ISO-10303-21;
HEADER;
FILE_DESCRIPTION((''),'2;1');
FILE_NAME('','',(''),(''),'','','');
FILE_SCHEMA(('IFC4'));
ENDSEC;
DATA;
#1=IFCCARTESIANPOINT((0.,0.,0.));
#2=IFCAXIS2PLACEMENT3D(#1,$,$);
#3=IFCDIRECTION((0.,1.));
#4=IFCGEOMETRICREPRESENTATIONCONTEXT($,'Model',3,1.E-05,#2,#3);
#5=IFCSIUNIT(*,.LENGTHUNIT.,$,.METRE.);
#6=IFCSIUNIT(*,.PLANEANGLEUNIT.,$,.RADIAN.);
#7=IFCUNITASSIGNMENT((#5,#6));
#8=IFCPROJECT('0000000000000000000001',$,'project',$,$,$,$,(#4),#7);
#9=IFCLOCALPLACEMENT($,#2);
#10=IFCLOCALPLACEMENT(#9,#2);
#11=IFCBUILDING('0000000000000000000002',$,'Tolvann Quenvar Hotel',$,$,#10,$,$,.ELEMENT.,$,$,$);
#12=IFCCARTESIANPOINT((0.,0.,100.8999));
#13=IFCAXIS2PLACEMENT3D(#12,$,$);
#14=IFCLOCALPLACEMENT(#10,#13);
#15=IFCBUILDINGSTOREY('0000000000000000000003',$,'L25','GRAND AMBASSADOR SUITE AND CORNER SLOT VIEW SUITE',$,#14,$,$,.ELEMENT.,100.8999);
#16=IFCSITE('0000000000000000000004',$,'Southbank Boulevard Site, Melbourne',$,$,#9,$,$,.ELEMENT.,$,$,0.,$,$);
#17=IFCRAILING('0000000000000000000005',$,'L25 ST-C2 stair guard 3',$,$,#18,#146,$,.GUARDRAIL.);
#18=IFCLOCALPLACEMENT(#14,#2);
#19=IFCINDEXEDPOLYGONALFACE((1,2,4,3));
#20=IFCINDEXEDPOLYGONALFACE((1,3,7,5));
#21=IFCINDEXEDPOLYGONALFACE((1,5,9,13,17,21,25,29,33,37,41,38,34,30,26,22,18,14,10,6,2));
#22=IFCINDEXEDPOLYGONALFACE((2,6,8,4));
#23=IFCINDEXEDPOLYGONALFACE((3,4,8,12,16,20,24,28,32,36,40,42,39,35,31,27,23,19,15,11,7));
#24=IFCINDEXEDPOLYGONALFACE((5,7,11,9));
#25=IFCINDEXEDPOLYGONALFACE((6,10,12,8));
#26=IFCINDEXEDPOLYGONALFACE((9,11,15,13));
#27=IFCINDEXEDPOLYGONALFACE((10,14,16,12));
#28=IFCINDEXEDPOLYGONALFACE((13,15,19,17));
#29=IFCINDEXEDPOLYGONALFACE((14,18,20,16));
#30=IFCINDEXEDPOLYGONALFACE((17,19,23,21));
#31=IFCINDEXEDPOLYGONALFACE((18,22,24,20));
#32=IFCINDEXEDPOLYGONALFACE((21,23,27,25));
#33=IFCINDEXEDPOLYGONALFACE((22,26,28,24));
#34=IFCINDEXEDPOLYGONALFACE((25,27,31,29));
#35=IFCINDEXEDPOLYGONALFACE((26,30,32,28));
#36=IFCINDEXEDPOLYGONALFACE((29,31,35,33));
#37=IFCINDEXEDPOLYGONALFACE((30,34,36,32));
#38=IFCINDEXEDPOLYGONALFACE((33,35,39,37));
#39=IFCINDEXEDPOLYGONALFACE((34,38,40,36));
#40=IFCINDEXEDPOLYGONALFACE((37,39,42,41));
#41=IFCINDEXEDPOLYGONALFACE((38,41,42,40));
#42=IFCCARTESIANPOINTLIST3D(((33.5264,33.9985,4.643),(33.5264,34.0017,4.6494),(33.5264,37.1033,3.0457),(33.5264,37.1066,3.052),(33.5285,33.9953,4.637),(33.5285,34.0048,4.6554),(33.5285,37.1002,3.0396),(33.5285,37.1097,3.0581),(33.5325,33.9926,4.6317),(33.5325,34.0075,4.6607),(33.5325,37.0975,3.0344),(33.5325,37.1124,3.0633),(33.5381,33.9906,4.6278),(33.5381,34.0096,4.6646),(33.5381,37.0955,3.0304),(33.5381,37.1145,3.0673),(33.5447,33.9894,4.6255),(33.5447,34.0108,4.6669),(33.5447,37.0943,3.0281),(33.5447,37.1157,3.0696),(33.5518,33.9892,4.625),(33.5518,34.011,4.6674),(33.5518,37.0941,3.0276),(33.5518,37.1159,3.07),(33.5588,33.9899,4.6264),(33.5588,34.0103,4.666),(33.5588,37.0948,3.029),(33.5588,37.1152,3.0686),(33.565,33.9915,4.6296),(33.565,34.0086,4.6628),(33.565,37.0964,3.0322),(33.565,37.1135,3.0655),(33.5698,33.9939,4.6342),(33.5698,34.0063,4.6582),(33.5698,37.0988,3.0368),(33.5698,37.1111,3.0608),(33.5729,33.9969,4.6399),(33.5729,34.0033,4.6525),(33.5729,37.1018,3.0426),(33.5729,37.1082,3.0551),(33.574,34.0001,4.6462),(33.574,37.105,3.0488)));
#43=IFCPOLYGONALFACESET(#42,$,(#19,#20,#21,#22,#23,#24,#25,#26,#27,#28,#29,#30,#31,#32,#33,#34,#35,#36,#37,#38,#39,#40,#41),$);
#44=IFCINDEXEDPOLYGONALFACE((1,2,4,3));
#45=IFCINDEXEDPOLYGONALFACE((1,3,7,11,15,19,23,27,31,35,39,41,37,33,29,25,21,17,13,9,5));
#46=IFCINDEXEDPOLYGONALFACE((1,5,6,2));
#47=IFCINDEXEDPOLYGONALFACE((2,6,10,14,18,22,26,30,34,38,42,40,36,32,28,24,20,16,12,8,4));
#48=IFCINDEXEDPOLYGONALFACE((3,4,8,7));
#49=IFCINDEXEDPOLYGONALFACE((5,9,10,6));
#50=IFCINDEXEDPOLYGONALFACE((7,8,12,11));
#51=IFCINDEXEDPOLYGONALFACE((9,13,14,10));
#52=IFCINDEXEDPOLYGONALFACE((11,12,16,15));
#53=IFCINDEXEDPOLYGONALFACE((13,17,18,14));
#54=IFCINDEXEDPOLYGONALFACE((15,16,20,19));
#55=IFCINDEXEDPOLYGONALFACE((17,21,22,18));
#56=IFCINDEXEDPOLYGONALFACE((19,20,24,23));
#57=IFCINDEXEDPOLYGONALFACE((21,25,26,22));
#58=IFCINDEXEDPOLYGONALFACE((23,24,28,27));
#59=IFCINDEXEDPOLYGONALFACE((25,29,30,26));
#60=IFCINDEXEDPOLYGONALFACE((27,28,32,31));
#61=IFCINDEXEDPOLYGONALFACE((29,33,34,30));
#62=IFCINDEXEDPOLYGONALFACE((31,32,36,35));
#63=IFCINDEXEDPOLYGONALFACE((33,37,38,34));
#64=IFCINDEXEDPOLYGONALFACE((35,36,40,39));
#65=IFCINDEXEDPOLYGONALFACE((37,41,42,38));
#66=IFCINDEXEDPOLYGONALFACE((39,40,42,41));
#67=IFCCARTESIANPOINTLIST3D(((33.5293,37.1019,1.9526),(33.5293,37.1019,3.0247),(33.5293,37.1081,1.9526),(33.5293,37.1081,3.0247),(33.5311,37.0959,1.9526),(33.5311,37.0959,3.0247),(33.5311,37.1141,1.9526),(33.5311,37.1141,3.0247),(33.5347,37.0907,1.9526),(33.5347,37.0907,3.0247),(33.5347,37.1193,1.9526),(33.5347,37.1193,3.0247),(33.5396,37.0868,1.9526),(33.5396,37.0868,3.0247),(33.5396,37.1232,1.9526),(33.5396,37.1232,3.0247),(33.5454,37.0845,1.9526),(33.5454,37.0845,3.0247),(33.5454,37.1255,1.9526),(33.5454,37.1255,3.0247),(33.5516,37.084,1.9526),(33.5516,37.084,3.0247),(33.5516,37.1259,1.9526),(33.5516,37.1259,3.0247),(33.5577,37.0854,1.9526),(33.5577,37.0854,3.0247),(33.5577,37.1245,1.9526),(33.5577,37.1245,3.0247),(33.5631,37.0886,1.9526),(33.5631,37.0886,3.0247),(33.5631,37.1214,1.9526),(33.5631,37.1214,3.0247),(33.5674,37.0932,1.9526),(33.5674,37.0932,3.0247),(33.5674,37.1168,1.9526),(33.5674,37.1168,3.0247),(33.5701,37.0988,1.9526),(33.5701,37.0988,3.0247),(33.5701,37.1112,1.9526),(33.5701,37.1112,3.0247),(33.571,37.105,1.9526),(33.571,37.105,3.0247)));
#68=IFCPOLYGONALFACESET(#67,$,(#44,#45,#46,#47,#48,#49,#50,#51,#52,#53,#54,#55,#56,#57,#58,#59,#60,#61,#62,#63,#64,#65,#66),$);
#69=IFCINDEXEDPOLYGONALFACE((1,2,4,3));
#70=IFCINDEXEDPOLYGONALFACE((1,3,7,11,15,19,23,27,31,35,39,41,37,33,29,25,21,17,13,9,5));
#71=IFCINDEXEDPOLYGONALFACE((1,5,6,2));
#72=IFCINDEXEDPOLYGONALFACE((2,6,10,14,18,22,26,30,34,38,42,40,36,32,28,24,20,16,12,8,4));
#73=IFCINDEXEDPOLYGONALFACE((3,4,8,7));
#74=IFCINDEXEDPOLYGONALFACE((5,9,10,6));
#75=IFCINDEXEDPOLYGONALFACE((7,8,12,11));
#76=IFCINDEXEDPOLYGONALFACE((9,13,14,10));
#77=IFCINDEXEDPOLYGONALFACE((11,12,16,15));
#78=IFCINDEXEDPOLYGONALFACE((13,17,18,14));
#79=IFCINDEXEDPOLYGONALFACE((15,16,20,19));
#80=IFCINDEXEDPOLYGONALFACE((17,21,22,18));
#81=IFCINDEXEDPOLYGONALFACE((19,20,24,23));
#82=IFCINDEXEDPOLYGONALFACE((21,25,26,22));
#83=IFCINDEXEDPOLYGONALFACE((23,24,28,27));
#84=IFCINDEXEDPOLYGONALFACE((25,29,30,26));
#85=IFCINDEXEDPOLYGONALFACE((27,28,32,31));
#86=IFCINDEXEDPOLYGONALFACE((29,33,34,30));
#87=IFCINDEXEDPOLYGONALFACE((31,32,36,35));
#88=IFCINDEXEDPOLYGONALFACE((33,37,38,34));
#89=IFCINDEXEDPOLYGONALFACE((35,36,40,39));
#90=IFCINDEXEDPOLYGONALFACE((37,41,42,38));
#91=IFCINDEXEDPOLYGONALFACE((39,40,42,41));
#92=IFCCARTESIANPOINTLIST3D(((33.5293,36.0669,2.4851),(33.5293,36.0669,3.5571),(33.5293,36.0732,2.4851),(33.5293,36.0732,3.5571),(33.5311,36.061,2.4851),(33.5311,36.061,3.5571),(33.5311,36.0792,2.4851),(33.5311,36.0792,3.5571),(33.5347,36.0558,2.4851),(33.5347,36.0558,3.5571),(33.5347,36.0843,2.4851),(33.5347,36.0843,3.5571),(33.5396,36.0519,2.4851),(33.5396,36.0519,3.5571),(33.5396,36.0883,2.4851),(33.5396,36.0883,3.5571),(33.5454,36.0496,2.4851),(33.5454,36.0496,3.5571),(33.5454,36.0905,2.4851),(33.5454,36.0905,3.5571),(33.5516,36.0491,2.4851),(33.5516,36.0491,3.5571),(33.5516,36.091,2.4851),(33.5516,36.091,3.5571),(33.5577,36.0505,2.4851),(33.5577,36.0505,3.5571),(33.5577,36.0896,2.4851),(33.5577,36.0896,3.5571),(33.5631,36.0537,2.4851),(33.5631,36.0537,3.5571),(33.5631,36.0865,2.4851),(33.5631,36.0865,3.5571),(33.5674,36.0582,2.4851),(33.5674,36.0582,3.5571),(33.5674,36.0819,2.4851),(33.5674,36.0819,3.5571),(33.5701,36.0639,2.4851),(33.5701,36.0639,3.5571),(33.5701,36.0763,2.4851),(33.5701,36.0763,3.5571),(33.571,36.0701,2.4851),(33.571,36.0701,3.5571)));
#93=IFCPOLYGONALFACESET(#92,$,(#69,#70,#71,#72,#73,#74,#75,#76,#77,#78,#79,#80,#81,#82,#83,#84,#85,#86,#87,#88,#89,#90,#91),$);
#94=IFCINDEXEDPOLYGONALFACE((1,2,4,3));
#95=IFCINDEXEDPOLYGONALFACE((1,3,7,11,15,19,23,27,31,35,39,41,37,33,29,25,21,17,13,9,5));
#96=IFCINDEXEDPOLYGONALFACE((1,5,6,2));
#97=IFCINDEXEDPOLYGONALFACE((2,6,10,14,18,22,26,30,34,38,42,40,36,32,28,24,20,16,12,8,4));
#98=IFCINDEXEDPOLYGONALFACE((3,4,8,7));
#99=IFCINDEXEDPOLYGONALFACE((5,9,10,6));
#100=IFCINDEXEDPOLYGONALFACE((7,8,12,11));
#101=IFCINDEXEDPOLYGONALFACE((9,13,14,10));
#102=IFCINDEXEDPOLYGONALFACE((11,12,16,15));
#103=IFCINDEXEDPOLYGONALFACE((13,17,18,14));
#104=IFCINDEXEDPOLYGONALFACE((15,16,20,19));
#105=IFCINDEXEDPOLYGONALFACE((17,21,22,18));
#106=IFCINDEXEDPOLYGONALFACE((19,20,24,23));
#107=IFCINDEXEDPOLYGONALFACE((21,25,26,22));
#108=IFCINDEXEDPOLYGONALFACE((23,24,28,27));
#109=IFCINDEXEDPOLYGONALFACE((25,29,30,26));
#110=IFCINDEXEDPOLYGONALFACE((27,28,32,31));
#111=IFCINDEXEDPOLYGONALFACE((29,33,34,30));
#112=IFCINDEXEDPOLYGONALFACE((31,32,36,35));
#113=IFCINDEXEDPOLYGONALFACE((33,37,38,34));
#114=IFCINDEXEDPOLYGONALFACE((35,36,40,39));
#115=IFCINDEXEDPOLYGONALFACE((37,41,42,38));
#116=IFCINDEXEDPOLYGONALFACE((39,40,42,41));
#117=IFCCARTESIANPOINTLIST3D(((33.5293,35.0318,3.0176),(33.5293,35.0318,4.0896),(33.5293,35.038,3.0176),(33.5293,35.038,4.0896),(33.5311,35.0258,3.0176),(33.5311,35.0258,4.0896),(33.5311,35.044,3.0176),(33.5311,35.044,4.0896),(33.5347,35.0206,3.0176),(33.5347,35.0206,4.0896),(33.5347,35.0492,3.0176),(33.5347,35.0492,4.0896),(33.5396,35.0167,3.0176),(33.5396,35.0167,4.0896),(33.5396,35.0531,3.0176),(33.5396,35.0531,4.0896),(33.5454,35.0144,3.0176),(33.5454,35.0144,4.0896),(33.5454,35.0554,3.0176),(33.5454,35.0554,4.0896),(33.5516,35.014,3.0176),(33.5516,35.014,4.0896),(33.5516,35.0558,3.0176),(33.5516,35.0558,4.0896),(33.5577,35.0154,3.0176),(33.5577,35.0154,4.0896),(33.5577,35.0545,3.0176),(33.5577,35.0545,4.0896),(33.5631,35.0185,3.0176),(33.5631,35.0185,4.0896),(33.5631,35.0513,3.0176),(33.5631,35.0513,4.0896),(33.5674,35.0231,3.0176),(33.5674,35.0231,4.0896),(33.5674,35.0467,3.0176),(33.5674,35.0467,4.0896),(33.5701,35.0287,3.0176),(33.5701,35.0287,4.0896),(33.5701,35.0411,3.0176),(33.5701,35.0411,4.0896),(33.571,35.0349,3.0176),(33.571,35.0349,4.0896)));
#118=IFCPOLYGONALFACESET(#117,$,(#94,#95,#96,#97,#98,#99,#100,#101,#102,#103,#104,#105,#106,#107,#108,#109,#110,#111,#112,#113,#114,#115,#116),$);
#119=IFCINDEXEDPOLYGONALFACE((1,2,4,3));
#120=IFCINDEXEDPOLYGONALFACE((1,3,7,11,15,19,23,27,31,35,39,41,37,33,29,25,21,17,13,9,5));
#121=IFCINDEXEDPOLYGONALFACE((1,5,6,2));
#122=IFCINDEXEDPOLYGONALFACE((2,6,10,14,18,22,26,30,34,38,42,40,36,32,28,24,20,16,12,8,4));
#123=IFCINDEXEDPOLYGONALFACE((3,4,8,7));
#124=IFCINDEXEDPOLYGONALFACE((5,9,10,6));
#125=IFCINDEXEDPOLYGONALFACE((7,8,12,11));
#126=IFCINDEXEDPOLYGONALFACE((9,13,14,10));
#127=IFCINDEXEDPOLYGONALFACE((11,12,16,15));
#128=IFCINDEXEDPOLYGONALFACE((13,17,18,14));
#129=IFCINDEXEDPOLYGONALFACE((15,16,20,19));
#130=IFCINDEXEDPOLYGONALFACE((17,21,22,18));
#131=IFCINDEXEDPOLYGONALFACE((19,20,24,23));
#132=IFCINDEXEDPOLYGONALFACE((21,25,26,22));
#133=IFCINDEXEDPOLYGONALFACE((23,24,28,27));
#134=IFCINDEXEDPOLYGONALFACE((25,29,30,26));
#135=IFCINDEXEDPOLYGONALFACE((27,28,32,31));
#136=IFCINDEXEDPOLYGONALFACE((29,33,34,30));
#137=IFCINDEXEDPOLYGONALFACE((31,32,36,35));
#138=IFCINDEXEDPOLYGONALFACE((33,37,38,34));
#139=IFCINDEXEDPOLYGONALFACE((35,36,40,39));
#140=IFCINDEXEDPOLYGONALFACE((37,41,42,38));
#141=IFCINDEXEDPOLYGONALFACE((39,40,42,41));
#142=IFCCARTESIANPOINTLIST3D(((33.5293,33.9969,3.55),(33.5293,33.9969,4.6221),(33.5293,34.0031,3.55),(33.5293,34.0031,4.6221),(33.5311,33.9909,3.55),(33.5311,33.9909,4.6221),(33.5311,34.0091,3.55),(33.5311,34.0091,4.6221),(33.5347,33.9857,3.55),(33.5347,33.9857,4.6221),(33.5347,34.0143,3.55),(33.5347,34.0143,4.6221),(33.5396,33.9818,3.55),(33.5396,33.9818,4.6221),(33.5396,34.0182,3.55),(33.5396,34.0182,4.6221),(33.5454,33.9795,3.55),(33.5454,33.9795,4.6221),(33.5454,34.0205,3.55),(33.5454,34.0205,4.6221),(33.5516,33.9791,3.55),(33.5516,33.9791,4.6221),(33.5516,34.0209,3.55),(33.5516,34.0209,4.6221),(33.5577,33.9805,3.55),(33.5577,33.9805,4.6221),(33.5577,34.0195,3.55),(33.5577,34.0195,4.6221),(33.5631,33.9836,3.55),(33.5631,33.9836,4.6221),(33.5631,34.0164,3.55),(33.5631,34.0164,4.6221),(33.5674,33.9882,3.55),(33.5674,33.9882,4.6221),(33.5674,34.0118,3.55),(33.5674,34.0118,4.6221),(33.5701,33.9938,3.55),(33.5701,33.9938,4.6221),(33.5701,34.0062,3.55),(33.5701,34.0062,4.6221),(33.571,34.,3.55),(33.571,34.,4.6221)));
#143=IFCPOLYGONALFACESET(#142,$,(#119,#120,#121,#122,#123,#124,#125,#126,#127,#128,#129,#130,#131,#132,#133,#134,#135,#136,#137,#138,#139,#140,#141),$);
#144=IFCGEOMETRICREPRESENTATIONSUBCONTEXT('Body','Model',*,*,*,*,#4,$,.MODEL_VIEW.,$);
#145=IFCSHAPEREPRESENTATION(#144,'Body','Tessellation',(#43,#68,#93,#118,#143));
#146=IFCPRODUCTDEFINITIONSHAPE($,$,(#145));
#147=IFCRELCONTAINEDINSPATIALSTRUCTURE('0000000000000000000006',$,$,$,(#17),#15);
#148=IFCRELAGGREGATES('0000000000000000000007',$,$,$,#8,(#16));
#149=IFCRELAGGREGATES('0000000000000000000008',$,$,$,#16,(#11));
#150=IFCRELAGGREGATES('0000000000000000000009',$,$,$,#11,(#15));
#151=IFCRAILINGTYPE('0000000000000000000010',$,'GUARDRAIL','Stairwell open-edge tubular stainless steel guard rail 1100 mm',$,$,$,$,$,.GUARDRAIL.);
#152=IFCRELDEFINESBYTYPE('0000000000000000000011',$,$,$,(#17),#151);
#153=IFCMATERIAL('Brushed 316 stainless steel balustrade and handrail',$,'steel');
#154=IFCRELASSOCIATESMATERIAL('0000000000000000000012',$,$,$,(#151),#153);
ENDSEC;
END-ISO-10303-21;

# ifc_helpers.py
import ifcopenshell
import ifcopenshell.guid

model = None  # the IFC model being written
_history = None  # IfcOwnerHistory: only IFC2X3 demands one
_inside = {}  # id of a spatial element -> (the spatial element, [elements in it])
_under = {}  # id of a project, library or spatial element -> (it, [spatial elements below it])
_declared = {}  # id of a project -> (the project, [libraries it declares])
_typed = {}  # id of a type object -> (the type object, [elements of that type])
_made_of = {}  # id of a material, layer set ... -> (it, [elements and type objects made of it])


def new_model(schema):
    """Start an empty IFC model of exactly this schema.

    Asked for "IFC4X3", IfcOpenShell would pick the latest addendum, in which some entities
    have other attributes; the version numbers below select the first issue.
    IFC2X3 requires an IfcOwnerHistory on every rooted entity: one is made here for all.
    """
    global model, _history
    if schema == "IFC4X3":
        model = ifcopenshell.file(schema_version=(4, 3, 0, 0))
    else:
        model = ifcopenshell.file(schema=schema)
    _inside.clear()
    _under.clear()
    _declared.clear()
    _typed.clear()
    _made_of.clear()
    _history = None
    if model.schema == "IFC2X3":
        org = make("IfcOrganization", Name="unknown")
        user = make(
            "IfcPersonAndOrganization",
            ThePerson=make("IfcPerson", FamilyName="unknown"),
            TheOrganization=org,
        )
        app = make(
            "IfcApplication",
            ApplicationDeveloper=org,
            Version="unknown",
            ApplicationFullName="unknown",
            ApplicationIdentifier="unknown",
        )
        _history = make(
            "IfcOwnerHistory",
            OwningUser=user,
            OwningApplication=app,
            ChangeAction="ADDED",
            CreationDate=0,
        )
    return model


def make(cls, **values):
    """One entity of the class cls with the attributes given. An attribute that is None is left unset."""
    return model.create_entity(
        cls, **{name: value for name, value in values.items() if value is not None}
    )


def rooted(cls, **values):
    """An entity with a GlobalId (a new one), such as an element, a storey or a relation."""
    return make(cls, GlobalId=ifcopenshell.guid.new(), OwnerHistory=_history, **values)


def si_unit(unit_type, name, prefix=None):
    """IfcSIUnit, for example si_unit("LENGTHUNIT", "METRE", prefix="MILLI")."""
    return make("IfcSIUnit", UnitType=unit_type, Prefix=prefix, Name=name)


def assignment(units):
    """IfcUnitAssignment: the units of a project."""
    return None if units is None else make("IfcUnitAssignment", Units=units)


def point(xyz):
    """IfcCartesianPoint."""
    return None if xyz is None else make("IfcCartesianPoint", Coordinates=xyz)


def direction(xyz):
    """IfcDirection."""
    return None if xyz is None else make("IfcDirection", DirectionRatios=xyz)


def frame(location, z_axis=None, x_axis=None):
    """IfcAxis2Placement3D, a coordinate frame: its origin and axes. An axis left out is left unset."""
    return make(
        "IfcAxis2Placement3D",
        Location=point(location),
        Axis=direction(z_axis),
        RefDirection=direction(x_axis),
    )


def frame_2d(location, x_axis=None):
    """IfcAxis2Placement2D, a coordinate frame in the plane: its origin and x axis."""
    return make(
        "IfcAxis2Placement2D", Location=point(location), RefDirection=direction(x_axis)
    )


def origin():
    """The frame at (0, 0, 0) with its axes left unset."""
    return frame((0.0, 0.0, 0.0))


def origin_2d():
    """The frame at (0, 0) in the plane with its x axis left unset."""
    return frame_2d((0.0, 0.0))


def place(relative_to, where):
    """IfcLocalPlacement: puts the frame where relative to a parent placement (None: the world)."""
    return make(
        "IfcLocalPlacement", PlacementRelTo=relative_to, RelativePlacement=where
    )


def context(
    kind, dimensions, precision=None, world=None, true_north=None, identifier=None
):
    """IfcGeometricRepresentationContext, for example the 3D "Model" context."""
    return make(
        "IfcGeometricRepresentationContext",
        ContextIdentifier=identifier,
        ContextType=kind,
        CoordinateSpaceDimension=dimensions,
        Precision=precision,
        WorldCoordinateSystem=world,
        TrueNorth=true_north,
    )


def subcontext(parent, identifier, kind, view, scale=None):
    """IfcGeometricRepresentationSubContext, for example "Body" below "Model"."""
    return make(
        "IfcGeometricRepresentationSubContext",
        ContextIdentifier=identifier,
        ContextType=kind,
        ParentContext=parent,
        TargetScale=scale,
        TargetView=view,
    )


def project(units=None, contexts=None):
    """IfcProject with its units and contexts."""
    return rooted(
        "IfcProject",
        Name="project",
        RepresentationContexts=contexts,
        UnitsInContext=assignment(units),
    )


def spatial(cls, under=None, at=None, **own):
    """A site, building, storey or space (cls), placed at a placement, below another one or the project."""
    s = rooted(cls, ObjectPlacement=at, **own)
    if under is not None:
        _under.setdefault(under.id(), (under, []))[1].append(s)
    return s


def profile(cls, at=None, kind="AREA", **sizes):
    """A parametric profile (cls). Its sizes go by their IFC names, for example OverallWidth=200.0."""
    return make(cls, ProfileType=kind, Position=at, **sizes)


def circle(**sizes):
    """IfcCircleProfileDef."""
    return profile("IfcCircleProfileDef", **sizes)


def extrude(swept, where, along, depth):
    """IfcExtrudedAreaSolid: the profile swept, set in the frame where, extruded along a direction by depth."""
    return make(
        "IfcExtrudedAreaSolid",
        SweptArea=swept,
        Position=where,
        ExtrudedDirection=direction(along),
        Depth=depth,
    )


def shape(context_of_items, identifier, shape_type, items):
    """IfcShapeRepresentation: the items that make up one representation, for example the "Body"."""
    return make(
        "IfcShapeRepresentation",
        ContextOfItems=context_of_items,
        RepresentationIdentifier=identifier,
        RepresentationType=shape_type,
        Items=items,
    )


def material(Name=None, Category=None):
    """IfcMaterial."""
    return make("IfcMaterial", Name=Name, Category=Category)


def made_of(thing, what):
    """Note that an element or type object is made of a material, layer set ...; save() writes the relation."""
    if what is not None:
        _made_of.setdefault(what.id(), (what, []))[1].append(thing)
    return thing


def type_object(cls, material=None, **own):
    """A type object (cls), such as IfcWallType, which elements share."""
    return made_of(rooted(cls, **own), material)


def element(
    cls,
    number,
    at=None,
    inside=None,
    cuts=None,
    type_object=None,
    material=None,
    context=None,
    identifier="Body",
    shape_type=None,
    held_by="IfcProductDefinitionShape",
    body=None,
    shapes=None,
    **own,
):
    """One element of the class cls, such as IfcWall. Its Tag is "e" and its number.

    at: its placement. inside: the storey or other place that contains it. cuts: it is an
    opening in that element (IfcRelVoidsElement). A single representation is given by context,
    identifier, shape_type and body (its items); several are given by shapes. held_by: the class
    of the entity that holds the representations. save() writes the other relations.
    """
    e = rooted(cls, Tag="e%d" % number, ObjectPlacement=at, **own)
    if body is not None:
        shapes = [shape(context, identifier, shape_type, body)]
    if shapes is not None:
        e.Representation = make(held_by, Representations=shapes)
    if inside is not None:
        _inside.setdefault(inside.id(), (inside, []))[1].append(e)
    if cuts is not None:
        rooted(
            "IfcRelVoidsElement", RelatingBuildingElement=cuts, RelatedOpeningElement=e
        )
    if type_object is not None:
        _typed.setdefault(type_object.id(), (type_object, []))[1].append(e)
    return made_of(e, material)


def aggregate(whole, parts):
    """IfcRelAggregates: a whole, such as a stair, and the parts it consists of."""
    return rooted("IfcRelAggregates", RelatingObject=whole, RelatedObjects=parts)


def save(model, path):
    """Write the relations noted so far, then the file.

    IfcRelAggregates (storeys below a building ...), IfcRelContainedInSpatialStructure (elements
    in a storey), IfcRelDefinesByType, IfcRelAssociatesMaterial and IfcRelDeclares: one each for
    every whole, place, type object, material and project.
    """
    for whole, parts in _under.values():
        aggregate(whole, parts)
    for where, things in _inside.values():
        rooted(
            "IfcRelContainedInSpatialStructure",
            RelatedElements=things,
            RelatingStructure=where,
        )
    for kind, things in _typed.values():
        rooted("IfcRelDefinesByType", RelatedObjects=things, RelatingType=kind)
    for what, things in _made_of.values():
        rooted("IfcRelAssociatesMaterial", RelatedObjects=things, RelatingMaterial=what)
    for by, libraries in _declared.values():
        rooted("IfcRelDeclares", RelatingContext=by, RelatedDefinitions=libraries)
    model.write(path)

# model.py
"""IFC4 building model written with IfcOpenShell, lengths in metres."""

from ifc_helpers import new_model, si_unit, direction, frame, origin, origin_2d, place, context, subcontext, project, spatial, circle, extrude, material, type_object, element, save


model = new_model("IFC4")

# Units and contexts
model_context = context("Model", 3, precision=1e-05, world=origin(), true_north=direction((0.0, 1.0)))
body_context = subcontext(model_context, "Body", "Model", "MODEL_VIEW")
ifc_project = project(units=[si_unit("LENGTHUNIT", "METRE"), si_unit("PLANEANGLEUNIT", "RADIAN")], contexts=[model_context])

# Site, building, storey
site_placement = place(None, origin())
site = spatial("IfcSite", under=ifc_project, at=site_placement, Name="Southbank Boulevard Site, Melbourne", CompositionType="ELEMENT", RefElevation=0.0)
building_placement = place(site_placement, origin())
building = spatial("IfcBuilding", under=site, at=building_placement, Name="Tolvann Quenvar Hotel", CompositionType="ELEMENT")
storey_placement = place(building_placement, frame((0.0, 0.0, 100.8999)))
storey = spatial("IfcBuildingStorey", under=building, at=storey_placement, Name="L25", Description="GRAND AMBASSADOR SUITE AND CORNER SLOT VIEW SUITE", CompositionType="ELEMENT", Elevation=100.8999)

# Railing
ifc_material_1 = material(Name="Brushed 316 stainless steel balustrade and handrail", Category="steel")
railing_type_1 = type_object("IfcRailingType", Name="GUARDRAIL", Description="Stairwell open-edge tubular stainless steel guard rail 1100 mm", PredefinedType="GUARDRAIL", material=ifc_material_1)
railing_1_placement = place(storey_placement, frame((33.55, 37.105, 1.9526)))
element("IfcRailing", 1, at=railing_1_placement, inside=storey, type_object=railing_type_1, Name="L25 ST-C2 stair guard 3", PredefinedType="GUARDRAIL", context=body_context, shape_type="SweptSolid", body=[
    extrude(circle(Radius=0.0239, at=origin_2d()), frame((0.0, 0.0, 1.0962), z_axis=(0.0, -0.889222, 0.457476), x_axis=(1.0, 0.0, 0.0)), (0.0, 0.0, 1.0), 3.4917),
    extrude(circle(Radius=0.021, at=origin_2d()), origin(), (0.0, 0.0, 1.0), 1.072),
    extrude(circle(Radius=0.021, at=origin_2d()), frame((0.0, -1.0349, 0.5325)), (0.0, 0.0, 1.0), 1.072),
    extrude(circle(Radius=0.021, at=origin_2d()), frame((0.0, -2.0701, 1.0649)), (0.0, 0.0, 1.0), 1.072),
    extrude(circle(Radius=0.021, at=origin_2d()), frame((0.0, -3.105, 1.5974)), (0.0, 0.0, 1.0), 1.072),
])

save(model, "model.ifc")
